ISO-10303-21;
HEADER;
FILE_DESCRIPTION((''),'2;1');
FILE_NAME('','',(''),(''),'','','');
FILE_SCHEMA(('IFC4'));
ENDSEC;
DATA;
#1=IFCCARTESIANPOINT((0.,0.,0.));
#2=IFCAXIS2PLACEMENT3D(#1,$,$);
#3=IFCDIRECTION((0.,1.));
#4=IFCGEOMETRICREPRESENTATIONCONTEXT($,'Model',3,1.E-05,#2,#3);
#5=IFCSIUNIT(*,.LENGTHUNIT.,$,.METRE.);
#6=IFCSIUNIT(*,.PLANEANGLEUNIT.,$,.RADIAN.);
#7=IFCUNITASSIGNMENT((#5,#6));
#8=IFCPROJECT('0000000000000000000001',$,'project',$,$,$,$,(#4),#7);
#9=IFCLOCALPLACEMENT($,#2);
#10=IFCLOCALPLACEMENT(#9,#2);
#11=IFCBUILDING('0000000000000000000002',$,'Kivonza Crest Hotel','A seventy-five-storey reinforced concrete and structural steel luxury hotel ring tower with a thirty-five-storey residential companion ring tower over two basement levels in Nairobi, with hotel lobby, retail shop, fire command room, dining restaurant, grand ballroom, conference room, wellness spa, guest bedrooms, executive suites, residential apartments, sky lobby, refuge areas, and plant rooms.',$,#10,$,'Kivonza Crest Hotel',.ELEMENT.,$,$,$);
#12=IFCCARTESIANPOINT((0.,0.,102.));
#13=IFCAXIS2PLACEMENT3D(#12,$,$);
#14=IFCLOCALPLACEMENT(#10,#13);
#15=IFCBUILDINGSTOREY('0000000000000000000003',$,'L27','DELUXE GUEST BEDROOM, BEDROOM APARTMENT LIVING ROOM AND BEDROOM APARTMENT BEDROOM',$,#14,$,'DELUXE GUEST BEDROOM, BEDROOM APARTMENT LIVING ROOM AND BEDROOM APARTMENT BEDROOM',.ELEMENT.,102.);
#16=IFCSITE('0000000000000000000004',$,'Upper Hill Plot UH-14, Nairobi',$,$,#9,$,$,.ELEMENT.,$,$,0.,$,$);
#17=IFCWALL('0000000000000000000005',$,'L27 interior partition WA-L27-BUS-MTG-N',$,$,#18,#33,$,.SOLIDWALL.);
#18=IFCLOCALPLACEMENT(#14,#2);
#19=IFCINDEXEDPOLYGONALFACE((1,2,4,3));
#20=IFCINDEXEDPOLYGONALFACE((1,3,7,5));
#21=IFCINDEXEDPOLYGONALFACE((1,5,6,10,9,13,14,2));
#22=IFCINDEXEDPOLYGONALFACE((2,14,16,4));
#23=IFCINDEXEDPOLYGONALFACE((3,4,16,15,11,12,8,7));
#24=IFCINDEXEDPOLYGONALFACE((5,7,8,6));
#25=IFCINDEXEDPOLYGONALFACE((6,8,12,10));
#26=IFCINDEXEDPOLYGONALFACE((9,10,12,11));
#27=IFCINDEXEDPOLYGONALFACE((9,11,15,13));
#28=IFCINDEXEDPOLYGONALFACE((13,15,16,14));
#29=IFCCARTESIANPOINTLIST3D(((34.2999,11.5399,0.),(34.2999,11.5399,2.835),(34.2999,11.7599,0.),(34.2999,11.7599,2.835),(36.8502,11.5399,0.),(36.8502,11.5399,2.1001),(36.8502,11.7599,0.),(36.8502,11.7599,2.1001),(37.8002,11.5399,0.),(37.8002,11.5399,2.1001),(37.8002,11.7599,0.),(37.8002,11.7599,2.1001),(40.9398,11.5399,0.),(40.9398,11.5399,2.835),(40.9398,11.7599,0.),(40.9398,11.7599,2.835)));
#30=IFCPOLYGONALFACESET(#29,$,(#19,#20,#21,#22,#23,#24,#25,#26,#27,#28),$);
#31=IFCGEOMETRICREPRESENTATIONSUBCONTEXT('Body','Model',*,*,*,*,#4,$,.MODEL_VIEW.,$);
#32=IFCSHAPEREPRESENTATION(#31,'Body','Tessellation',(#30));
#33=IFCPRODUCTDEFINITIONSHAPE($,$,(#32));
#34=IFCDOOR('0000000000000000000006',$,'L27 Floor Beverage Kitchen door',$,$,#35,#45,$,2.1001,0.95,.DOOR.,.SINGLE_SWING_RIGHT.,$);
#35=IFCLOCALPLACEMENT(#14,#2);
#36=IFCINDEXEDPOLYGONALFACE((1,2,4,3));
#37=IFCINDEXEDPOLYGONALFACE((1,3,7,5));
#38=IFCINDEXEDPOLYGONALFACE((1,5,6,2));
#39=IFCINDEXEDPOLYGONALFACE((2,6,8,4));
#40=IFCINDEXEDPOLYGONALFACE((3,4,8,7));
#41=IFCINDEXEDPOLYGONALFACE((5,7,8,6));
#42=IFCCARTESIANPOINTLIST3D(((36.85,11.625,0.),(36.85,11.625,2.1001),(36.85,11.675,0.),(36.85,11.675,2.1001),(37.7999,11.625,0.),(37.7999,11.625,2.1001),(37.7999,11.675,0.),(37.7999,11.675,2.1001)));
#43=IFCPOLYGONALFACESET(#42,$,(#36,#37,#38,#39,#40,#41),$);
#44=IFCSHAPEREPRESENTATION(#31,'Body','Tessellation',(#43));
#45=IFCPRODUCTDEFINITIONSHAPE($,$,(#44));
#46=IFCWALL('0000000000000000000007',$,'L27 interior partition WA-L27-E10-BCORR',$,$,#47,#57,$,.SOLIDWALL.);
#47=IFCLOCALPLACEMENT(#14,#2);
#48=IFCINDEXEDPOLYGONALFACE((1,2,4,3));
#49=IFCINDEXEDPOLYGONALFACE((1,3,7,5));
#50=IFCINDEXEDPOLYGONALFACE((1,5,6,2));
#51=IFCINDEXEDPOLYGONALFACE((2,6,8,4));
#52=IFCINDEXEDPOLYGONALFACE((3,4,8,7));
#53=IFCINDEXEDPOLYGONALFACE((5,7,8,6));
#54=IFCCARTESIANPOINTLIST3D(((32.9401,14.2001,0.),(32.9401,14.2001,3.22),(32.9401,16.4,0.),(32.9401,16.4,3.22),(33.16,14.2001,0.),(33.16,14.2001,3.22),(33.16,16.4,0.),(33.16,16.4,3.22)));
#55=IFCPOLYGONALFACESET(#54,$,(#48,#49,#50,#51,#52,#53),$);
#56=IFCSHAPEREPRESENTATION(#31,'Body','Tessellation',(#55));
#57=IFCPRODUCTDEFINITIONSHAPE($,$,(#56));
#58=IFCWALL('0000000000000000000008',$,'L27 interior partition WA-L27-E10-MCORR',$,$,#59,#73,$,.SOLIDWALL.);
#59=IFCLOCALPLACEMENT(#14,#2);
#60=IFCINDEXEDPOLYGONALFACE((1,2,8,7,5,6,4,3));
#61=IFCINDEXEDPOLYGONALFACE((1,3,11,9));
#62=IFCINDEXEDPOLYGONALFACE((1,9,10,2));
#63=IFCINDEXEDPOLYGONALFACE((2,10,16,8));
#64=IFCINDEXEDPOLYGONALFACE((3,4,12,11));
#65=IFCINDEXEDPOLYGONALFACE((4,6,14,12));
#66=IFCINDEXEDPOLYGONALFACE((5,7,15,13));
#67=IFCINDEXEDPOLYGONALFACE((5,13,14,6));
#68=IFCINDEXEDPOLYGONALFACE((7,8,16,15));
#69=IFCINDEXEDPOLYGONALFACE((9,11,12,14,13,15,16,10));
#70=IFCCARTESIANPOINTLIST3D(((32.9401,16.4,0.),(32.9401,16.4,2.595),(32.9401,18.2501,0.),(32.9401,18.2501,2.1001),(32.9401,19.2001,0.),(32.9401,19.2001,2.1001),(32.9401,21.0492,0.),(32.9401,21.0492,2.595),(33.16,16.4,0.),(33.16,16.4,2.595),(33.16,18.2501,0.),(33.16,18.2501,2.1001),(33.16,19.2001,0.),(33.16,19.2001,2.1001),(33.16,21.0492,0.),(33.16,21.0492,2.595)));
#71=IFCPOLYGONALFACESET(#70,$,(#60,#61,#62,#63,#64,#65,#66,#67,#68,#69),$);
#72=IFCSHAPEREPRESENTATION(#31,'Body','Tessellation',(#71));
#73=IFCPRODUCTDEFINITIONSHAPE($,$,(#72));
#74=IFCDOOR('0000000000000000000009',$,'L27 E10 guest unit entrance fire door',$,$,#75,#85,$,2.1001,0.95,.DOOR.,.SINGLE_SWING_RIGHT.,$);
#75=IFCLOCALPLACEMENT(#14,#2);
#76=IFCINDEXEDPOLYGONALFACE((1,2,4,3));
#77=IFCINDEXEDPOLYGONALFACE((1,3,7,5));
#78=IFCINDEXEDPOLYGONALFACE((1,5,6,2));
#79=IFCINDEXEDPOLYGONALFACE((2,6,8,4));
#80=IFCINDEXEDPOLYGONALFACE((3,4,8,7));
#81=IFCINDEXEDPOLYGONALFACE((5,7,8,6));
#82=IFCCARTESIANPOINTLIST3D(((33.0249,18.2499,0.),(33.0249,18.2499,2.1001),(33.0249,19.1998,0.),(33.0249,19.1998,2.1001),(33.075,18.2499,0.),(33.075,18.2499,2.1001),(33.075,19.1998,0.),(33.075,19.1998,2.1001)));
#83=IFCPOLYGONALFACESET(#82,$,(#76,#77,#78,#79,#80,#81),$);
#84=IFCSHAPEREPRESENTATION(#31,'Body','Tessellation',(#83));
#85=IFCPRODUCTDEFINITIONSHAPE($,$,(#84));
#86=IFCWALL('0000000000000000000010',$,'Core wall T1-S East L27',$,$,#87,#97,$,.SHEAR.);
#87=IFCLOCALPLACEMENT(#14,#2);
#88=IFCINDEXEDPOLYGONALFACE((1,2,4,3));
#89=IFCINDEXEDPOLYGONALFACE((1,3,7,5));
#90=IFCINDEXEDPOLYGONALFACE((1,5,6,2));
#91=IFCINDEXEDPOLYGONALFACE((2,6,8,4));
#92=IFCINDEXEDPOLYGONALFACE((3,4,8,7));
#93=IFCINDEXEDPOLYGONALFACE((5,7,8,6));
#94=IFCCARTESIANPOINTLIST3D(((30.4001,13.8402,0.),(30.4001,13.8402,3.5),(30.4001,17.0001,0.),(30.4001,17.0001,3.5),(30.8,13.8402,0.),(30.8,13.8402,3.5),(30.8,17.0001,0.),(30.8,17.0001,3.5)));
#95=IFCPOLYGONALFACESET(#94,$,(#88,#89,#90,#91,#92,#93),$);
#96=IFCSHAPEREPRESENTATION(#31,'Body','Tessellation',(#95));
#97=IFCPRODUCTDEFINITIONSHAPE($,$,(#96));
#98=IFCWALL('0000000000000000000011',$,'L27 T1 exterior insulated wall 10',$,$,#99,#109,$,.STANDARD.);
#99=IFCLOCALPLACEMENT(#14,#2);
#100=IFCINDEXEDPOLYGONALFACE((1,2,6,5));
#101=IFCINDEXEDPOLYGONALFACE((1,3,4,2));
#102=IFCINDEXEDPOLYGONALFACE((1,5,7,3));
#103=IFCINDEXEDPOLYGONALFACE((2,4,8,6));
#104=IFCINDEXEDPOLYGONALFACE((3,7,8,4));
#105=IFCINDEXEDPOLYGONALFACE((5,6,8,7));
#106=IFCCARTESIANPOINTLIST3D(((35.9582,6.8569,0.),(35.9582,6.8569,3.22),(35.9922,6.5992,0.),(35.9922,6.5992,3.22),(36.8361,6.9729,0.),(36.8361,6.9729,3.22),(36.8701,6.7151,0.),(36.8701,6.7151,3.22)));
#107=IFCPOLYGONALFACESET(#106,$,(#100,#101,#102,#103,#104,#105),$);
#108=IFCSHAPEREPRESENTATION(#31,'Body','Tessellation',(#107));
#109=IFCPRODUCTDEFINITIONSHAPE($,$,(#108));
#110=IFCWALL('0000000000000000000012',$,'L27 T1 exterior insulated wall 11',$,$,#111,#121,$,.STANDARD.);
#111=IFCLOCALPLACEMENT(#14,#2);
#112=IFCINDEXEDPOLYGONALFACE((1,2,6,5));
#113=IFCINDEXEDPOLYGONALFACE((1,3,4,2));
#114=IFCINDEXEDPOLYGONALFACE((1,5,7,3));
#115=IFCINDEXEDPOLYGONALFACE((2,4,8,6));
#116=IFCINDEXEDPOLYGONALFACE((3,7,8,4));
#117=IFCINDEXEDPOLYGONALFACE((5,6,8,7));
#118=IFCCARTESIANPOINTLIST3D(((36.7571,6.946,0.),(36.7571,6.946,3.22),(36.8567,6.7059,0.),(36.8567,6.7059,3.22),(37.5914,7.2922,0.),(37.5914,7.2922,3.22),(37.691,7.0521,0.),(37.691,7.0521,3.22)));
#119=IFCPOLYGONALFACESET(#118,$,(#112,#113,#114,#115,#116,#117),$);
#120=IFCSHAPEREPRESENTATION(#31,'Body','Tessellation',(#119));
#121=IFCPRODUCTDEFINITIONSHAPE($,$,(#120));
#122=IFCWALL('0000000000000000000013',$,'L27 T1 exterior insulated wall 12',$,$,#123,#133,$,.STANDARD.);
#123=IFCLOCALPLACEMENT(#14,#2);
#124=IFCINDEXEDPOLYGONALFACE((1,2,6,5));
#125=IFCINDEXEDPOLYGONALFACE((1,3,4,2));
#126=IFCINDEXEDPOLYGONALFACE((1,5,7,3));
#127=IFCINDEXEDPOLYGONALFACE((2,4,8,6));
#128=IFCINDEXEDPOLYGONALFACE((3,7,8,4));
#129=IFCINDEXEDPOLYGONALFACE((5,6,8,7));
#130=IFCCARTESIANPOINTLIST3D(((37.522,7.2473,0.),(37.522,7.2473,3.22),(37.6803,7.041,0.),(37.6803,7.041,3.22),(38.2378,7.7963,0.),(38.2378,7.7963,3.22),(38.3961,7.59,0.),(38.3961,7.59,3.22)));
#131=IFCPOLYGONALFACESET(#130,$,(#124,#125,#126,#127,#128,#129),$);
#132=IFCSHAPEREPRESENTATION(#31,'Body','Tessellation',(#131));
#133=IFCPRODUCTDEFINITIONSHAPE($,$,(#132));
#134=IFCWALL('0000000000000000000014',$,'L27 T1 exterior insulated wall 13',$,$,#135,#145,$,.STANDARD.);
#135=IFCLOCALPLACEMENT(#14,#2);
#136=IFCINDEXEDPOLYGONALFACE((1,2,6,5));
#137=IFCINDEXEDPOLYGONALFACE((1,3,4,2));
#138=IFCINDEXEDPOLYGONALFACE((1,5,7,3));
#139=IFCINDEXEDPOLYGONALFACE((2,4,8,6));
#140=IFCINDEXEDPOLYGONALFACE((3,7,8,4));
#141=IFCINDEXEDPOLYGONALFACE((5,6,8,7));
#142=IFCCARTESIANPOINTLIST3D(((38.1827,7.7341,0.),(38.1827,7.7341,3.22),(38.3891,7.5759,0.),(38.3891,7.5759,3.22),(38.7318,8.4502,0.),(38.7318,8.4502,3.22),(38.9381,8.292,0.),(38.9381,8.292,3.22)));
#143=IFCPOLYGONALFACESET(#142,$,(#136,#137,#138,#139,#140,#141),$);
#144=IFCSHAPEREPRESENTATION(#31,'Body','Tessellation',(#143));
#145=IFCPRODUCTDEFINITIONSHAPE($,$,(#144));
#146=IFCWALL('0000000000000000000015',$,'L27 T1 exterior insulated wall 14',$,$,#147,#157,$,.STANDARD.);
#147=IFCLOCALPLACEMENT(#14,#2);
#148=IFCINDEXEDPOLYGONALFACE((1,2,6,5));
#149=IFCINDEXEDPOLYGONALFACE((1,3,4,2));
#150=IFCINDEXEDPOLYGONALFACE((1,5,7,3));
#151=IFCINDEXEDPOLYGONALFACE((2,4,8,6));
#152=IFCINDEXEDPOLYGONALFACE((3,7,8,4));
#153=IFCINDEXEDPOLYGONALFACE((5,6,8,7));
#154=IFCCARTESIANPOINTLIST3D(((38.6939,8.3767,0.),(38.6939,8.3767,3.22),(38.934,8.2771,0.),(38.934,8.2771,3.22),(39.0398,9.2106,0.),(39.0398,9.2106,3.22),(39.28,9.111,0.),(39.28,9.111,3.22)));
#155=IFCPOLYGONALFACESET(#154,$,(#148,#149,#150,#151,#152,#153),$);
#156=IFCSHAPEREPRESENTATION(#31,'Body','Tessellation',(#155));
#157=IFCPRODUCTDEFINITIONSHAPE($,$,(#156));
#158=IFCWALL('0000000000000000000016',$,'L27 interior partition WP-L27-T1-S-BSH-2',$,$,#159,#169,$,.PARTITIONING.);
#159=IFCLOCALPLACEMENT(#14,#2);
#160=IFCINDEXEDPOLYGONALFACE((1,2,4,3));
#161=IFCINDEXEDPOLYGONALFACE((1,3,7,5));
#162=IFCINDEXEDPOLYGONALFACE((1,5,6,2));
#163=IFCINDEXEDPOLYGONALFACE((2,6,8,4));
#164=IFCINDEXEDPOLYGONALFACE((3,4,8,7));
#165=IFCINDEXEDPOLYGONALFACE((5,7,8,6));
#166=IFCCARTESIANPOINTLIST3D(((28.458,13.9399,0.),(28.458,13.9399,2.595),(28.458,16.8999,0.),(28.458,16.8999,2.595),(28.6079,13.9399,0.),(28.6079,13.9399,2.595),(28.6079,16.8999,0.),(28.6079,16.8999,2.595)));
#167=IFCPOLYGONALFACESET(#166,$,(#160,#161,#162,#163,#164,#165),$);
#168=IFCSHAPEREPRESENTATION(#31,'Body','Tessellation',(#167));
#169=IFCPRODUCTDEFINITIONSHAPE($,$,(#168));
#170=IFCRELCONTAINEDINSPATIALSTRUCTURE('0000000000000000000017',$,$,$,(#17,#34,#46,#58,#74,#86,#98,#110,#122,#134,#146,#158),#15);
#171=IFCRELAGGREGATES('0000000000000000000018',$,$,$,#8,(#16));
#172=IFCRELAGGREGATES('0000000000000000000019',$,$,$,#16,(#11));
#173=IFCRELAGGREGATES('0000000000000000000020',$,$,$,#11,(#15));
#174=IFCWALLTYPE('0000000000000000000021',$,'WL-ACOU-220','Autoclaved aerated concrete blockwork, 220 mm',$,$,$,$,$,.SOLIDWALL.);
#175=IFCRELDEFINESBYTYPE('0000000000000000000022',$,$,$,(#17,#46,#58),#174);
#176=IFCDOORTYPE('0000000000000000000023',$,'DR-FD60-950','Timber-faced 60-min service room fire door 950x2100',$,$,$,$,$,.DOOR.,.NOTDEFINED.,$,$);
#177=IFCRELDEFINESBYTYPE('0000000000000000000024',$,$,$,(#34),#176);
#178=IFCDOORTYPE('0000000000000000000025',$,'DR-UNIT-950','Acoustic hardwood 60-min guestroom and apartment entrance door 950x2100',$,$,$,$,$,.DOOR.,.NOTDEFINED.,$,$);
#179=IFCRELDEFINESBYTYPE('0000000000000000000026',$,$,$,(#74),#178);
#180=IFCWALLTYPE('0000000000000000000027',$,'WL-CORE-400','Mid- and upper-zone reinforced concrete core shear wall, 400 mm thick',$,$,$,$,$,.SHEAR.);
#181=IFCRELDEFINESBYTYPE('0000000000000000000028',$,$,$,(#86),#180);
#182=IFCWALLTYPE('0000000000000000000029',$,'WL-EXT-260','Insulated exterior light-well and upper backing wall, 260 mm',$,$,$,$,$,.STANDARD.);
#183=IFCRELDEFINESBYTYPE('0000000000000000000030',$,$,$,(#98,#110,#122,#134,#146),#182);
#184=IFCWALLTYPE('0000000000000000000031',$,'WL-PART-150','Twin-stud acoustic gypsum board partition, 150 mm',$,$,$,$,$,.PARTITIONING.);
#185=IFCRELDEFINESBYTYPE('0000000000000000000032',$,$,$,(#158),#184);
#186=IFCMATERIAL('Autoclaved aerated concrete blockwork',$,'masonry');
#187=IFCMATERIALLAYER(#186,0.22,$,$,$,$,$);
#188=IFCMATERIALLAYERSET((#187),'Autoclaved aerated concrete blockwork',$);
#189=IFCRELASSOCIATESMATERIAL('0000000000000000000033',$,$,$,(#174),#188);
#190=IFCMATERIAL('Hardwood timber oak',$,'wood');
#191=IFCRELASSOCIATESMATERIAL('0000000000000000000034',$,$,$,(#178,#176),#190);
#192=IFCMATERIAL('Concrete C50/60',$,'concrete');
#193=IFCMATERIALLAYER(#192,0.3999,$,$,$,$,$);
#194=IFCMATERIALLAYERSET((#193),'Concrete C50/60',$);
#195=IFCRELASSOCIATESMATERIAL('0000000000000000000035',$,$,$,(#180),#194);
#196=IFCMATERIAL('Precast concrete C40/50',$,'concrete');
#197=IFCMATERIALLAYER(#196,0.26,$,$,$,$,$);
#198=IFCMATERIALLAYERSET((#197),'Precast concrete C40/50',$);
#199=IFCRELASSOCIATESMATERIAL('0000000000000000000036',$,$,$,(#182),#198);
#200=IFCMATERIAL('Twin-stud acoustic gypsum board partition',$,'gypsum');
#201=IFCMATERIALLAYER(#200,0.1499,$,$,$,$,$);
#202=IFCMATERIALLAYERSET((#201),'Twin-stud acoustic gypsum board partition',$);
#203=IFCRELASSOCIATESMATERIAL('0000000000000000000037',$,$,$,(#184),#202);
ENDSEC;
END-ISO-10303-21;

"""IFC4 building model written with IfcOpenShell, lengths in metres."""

from ifc_helpers import new_model, si_unit, direction, frame, frame_2d, origin, place, context, subcontext, project, spatial, rectangle, extrude, material, layer, layer_set, type_object, element, fill, save


model = new_model("IFC4")

# Units and contexts
model_context = context("Model", 3, precision=1e-05, world=origin(), true_north=direction((0.0, 1.0)))
body_context = subcontext(model_context, "Body", "Model", "MODEL_VIEW")
ifc_project = project(units=[si_unit("LENGTHUNIT", "METRE"), si_unit("PLANEANGLEUNIT", "RADIAN")], contexts=[model_context])

# Site, building, storey
site_placement = place(None, origin())
site = spatial("IfcSite", under=ifc_project, at=site_placement, Name="Upper Hill Plot UH-14, Nairobi", CompositionType="ELEMENT", RefElevation=0.0)
building_placement = place(site_placement, origin())
building = spatial("IfcBuilding", under=site, at=building_placement, Name="Kivonza Crest Hotel", Description="A seventy-five-storey reinforced concrete and structural steel luxury hotel ring tower with a thirty-five-storey residential companion ring tower over two basement levels in Nairobi, with hotel lobby, retail shop, fire command room, dining restaurant, grand ballroom, conference room, wellness spa, guest bedrooms, executive suites, residential apartments, sky lobby, refuge areas, and plant rooms.", LongName="Kivonza Crest Hotel", CompositionType="ELEMENT")
storey_placement = place(building_placement, frame((0.0, 0.0, 102.0)))
storey = spatial("IfcBuildingStorey", under=building, at=storey_placement, Name="L27", Description="DELUXE GUEST BEDROOM, BEDROOM APARTMENT LIVING ROOM AND BEDROOM APARTMENT BEDROOM", LongName="DELUXE GUEST BEDROOM, BEDROOM APARTMENT LIVING ROOM AND BEDROOM APARTMENT BEDROOM", CompositionType="ELEMENT", Elevation=102.0)

# Wall, opening, door
ifc_material_1 = material(Name="Autoclaved aerated concrete blockwork", Category="masonry")
ifc_layer_1 = layer(ifc_material_1, 0.22)
ifc_layer_set_1 = layer_set([ifc_layer_1], Name="Autoclaved aerated concrete blockwork")
wall_type_1 = type_object("IfcWallType", Name="WL-ACOU-220", Description="Autoclaved aerated concrete blockwork, 220 mm", PredefinedType="SOLIDWALL", material=ifc_layer_set_1)
ifc_material_2 = material(Name="Hardwood timber oak", Category="wood")
door_type_1 = type_object("IfcDoorType", Name="DR-UNIT-950", Description="Acoustic hardwood 60-min guestroom and apartment entrance door 950x2100", OperationType="NOTDEFINED", PredefinedType="DOOR", material=ifc_material_2)
wall_1_placement = place(storey_placement, frame((34.3, 11.6499, 0.0), z_axis=(0.0, 0.0, 1.0), x_axis=(1.0, 0.0, 0.0)))
wall_1 = element("IfcWall", 1, at=wall_1_placement, inside=storey, type_object=wall_type_1, Name="L27 interior partition WA-L27-BUS-MTG-N", PredefinedType="SOLIDWALL", context=body_context, shape_type="SweptSolid", body=[
    extrude(rectangle(XDim=6.6399, YDim=0.22, at=frame_2d((3.3198, 0.0))), origin(), (0.0, 0.0, 1.0), 2.835),
])
opening_1_placement = place(wall_1_placement, frame((2.55, 0.0, 0.0)))
opening_1 = element("IfcOpeningElement", 2, at=opening_1_placement, cuts=wall_1, PredefinedType="OPENING", context=body_context, shape_type="SweptSolid", body=[
    extrude(rectangle(XDim=0.95, YDim=2.1001, at=frame_2d((0.4751, 1.05))), frame((0.0, 0.1201, 0.0), z_axis=(0.0, -1.0, 0.0), x_axis=(1.0, 0.0, 0.0)), (0.0, 0.0, 1.0), 0.24),
])
door_type_2 = type_object("IfcDoorType", Name="DR-FD60-950", Description="Timber-faced 60-min service room fire door 950x2100", OperationType="NOTDEFINED", PredefinedType="DOOR", material=ifc_material_2)
door_1_placement = place(opening_1_placement, frame((0.95, 0.0, 0.0), z_axis=(0.0, 0.0, 1.0), x_axis=(-1.0, 0.0, 0.0)))
door_1 = element("IfcDoor", 3, at=door_1_placement, inside=storey, type_object=door_type_2, Name="L27 Floor Beverage Kitchen door", OperationType="SINGLE_SWING_RIGHT", OverallHeight=2.1001, OverallWidth=0.95, PredefinedType="DOOR", context=body_context, shape_type="SweptSolid", body=[
    extrude(rectangle(XDim=0.95, YDim=2.1001, at=frame_2d((0.4751, 1.05))), frame((0.0, 0.0249, 0.0), z_axis=(0.0, -1.0, 0.0), x_axis=(1.0, 0.0, 0.0)), (0.0, 0.0, 1.0), 0.05),
])
fill(opening_1, door_1)

# Wall
wall_2_placement = place(storey_placement, frame((33.05, 14.2, 0.0), z_axis=(0.0, 0.0, 1.0), x_axis=(0.0, 1.0, 0.0)))
element("IfcWall", 4, at=wall_2_placement, inside=storey, type_object=wall_type_1, Name="L27 interior partition WA-L27-E10-BCORR", PredefinedType="SOLIDWALL", context=body_context, shape_type="SweptSolid", body=[
    extrude(rectangle(XDim=2.2, YDim=0.22, at=frame_2d((1.1001, 0.0))), origin(), (0.0, 0.0, 1.0), 3.22),
])

# Wall, opening, door
wall_3_placement = place(storey_placement, frame((33.05, 16.3999, 0.0), z_axis=(0.0, 0.0, 1.0), x_axis=(0.0, 1.0, 0.0)))
wall_3 = element("IfcWall", 5, at=wall_3_placement, inside=storey, type_object=wall_type_1, Name="L27 interior partition WA-L27-E10-MCORR", PredefinedType="SOLIDWALL", context=body_context, shape_type="SweptSolid", body=[
    extrude(rectangle(XDim=4.6492, YDim=0.22, at=frame_2d((2.3247, 0.0))), origin(), (0.0, 0.0, 1.0), 2.595),
])
opening_2_placement = place(wall_3_placement, frame((1.8501, 0.0, 0.0)))
opening_2 = element("IfcOpeningElement", 6, at=opening_2_placement, cuts=wall_3, PredefinedType="OPENING", context=body_context, shape_type="SweptSolid", body=[
    extrude(rectangle(XDim=0.95, YDim=2.1001, at=frame_2d((0.4751, 1.05))), frame((0.0, 0.1201, 0.0), z_axis=(0.0, -1.0, 0.0), x_axis=(1.0, 0.0, 0.0)), (0.0, 0.0, 1.0), 0.24),
])
door_2_placement = place(opening_2_placement, frame((0.95, 0.0, 0.0), z_axis=(0.0, 0.0, 1.0), x_axis=(-1.0, 0.0, 0.0)))
door_2 = element("IfcDoor", 7, at=door_2_placement, inside=storey, type_object=door_type_1, Name="L27 E10 guest unit entrance fire door", OperationType="SINGLE_SWING_RIGHT", OverallHeight=2.1001, OverallWidth=0.95, PredefinedType="DOOR", context=body_context, shape_type="SweptSolid", body=[
    extrude(rectangle(XDim=0.95, YDim=2.1001, at=frame_2d((0.4751, 1.05))), frame((0.0, 0.0249, 0.0), z_axis=(0.0, -1.0, 0.0), x_axis=(1.0, 0.0, 0.0)), (0.0, 0.0, 1.0), 0.05),
])
fill(opening_2, door_2)

# Walls
ifc_material_3 = material(Name="Concrete C50/60", Category="concrete")
ifc_layer_2 = layer(ifc_material_3, 0.3999)
ifc_layer_set_2 = layer_set([ifc_layer_2], Name="Concrete C50/60")
wall_type_2 = type_object("IfcWallType", Name="WL-CORE-400", Description="Mid- and upper-zone reinforced concrete core shear wall, 400 mm thick", PredefinedType="SHEAR", material=ifc_layer_set_2)
wall_4_placement = place(storey_placement, frame((30.6001, 13.8401, 0.0), z_axis=(0.0, 0.0, 1.0), x_axis=(0.0, 1.0, 0.0)))
element("IfcWall", 8, at=wall_4_placement, inside=storey, type_object=wall_type_2, Name="Core wall T1-S East L27", PredefinedType="SHEAR", context=body_context, shape_type="SweptSolid", body=[
    extrude(rectangle(XDim=3.1599, YDim=0.3999, at=frame_2d((1.5801, 0.0))), origin(), (0.0, 0.0, 1.0), 3.5),
])
ifc_material_4 = material(Name="Precast concrete C40/50", Category="concrete")
ifc_layer_3 = layer(ifc_material_4, 0.26)
ifc_layer_set_3 = layer_set([ifc_layer_3], Name="Precast concrete C40/50")
wall_type_3 = type_object("IfcWallType", Name="WL-EXT-260", Description="Insulated exterior light-well and upper backing wall, 260 mm", PredefinedType="STANDARD", material=ifc_layer_set_3)
wall_5_placement = place(storey_placement, frame((35.9751, 6.728, 0.0), z_axis=(0.0, 0.0, 1.0), x_axis=(0.991388, 0.130954, 0.0)))
element("IfcWall", 9, at=wall_5_placement, inside=storey, type_object=wall_type_3, Name="L27 T1 exterior insulated wall 10", PredefinedType="STANDARD", context=body_context, shape_type="SweptSolid", body=[
    extrude(rectangle(XDim=0.8855, YDim=0.26, at=frame_2d((0.4429, 0.0))), origin(), (0.0, 0.0, 1.0), 3.22),
])
wall_6_placement = place(storey_placement, frame((36.8069, 6.8259, 0.0), z_axis=(0.0, 0.0, 1.0), x_axis=(0.923628, 0.383291, 0.0)))
element("IfcWall", 10, at=wall_6_placement, inside=storey, type_object=wall_type_3, Name="L27 T1 exterior insulated wall 11", PredefinedType="STANDARD", context=body_context, shape_type="SweptSolid", body=[
    extrude(rectangle(XDim=0.9033, YDim=0.26, at=frame_2d((0.4517, 0.0))), origin(), (0.0, 0.0, 1.0), 3.22),
])
wall_7_placement = place(storey_placement, frame((37.6011, 7.144, 0.0), z_axis=(0.0, 0.0, 1.0), x_axis=(0.793458, 0.608625, 0.0)))
element("IfcWall", 11, at=wall_7_placement, inside=storey, type_object=wall_type_3, Name="L27 T1 exterior insulated wall 12", PredefinedType="STANDARD", context=body_context, shape_type="SweptSolid", body=[
    extrude(rectangle(XDim=0.9021, YDim=0.26, at=frame_2d((0.4512, 0.0))), origin(), (0.0, 0.0, 1.0), 3.22),
])
wall_8_placement = place(storey_placement, frame((38.2859, 7.655, 0.0), z_axis=(0.0, 0.0, 1.0), x_axis=(0.608494, 0.793558, 0.0)))
element("IfcWall", 12, at=wall_8_placement, inside=storey, type_object=wall_type_3, Name="L27 T1 exterior insulated wall 13", PredefinedType="STANDARD", context=body_context, shape_type="SweptSolid", body=[
    extrude(rectangle(XDim=0.9023, YDim=0.26, at=frame_2d((0.4512, 0.0))), origin(), (0.0, 0.0, 1.0), 3.22),
])
wall_9_placement = place(storey_placement, frame((38.814, 8.3269, 0.0), z_axis=(0.0, 0.0, 1.0), x_axis=(0.383156, 0.923684, 0.0)))
element("IfcWall", 13, at=wall_9_placement, inside=storey, type_object=wall_type_3, Name="L27 T1 exterior insulated wall 14", PredefinedType="STANDARD", context=body_context, shape_type="SweptSolid", body=[
    extrude(rectangle(XDim=0.9028, YDim=0.26, at=frame_2d((0.4514, 0.0))), origin(), (0.0, 0.0, 1.0), 3.22),
])
ifc_material_5 = material(Name="Twin-stud acoustic gypsum board partition", Category="gypsum")
ifc_layer_4 = layer(ifc_material_5, 0.1499)
ifc_layer_set_4 = layer_set([ifc_layer_4], Name="Twin-stud acoustic gypsum board partition")
wall_type_4 = type_object("IfcWallType", Name="WL-PART-150", Description="Twin-stud acoustic gypsum board partition, 150 mm", PredefinedType="PARTITIONING", material=ifc_layer_set_4)
wall_10_placement = place(storey_placement, frame((28.533, 13.9399, 0.0), z_axis=(0.0, 0.0, 1.0), x_axis=(0.0, 1.0, 0.0)))
element("IfcWall", 14, at=wall_10_placement, inside=storey, type_object=wall_type_4, Name="L27 interior partition WP-L27-T1-S-BSH-2", PredefinedType="PARTITIONING", context=body_context, shape_type="SweptSolid", body=[
    extrude(rectangle(XDim=2.96, YDim=0.1499, at=frame_2d((1.48, 0.0))), origin(), (0.0, 0.0, 1.0), 2.595),
])

save(model, "model.ifc")
